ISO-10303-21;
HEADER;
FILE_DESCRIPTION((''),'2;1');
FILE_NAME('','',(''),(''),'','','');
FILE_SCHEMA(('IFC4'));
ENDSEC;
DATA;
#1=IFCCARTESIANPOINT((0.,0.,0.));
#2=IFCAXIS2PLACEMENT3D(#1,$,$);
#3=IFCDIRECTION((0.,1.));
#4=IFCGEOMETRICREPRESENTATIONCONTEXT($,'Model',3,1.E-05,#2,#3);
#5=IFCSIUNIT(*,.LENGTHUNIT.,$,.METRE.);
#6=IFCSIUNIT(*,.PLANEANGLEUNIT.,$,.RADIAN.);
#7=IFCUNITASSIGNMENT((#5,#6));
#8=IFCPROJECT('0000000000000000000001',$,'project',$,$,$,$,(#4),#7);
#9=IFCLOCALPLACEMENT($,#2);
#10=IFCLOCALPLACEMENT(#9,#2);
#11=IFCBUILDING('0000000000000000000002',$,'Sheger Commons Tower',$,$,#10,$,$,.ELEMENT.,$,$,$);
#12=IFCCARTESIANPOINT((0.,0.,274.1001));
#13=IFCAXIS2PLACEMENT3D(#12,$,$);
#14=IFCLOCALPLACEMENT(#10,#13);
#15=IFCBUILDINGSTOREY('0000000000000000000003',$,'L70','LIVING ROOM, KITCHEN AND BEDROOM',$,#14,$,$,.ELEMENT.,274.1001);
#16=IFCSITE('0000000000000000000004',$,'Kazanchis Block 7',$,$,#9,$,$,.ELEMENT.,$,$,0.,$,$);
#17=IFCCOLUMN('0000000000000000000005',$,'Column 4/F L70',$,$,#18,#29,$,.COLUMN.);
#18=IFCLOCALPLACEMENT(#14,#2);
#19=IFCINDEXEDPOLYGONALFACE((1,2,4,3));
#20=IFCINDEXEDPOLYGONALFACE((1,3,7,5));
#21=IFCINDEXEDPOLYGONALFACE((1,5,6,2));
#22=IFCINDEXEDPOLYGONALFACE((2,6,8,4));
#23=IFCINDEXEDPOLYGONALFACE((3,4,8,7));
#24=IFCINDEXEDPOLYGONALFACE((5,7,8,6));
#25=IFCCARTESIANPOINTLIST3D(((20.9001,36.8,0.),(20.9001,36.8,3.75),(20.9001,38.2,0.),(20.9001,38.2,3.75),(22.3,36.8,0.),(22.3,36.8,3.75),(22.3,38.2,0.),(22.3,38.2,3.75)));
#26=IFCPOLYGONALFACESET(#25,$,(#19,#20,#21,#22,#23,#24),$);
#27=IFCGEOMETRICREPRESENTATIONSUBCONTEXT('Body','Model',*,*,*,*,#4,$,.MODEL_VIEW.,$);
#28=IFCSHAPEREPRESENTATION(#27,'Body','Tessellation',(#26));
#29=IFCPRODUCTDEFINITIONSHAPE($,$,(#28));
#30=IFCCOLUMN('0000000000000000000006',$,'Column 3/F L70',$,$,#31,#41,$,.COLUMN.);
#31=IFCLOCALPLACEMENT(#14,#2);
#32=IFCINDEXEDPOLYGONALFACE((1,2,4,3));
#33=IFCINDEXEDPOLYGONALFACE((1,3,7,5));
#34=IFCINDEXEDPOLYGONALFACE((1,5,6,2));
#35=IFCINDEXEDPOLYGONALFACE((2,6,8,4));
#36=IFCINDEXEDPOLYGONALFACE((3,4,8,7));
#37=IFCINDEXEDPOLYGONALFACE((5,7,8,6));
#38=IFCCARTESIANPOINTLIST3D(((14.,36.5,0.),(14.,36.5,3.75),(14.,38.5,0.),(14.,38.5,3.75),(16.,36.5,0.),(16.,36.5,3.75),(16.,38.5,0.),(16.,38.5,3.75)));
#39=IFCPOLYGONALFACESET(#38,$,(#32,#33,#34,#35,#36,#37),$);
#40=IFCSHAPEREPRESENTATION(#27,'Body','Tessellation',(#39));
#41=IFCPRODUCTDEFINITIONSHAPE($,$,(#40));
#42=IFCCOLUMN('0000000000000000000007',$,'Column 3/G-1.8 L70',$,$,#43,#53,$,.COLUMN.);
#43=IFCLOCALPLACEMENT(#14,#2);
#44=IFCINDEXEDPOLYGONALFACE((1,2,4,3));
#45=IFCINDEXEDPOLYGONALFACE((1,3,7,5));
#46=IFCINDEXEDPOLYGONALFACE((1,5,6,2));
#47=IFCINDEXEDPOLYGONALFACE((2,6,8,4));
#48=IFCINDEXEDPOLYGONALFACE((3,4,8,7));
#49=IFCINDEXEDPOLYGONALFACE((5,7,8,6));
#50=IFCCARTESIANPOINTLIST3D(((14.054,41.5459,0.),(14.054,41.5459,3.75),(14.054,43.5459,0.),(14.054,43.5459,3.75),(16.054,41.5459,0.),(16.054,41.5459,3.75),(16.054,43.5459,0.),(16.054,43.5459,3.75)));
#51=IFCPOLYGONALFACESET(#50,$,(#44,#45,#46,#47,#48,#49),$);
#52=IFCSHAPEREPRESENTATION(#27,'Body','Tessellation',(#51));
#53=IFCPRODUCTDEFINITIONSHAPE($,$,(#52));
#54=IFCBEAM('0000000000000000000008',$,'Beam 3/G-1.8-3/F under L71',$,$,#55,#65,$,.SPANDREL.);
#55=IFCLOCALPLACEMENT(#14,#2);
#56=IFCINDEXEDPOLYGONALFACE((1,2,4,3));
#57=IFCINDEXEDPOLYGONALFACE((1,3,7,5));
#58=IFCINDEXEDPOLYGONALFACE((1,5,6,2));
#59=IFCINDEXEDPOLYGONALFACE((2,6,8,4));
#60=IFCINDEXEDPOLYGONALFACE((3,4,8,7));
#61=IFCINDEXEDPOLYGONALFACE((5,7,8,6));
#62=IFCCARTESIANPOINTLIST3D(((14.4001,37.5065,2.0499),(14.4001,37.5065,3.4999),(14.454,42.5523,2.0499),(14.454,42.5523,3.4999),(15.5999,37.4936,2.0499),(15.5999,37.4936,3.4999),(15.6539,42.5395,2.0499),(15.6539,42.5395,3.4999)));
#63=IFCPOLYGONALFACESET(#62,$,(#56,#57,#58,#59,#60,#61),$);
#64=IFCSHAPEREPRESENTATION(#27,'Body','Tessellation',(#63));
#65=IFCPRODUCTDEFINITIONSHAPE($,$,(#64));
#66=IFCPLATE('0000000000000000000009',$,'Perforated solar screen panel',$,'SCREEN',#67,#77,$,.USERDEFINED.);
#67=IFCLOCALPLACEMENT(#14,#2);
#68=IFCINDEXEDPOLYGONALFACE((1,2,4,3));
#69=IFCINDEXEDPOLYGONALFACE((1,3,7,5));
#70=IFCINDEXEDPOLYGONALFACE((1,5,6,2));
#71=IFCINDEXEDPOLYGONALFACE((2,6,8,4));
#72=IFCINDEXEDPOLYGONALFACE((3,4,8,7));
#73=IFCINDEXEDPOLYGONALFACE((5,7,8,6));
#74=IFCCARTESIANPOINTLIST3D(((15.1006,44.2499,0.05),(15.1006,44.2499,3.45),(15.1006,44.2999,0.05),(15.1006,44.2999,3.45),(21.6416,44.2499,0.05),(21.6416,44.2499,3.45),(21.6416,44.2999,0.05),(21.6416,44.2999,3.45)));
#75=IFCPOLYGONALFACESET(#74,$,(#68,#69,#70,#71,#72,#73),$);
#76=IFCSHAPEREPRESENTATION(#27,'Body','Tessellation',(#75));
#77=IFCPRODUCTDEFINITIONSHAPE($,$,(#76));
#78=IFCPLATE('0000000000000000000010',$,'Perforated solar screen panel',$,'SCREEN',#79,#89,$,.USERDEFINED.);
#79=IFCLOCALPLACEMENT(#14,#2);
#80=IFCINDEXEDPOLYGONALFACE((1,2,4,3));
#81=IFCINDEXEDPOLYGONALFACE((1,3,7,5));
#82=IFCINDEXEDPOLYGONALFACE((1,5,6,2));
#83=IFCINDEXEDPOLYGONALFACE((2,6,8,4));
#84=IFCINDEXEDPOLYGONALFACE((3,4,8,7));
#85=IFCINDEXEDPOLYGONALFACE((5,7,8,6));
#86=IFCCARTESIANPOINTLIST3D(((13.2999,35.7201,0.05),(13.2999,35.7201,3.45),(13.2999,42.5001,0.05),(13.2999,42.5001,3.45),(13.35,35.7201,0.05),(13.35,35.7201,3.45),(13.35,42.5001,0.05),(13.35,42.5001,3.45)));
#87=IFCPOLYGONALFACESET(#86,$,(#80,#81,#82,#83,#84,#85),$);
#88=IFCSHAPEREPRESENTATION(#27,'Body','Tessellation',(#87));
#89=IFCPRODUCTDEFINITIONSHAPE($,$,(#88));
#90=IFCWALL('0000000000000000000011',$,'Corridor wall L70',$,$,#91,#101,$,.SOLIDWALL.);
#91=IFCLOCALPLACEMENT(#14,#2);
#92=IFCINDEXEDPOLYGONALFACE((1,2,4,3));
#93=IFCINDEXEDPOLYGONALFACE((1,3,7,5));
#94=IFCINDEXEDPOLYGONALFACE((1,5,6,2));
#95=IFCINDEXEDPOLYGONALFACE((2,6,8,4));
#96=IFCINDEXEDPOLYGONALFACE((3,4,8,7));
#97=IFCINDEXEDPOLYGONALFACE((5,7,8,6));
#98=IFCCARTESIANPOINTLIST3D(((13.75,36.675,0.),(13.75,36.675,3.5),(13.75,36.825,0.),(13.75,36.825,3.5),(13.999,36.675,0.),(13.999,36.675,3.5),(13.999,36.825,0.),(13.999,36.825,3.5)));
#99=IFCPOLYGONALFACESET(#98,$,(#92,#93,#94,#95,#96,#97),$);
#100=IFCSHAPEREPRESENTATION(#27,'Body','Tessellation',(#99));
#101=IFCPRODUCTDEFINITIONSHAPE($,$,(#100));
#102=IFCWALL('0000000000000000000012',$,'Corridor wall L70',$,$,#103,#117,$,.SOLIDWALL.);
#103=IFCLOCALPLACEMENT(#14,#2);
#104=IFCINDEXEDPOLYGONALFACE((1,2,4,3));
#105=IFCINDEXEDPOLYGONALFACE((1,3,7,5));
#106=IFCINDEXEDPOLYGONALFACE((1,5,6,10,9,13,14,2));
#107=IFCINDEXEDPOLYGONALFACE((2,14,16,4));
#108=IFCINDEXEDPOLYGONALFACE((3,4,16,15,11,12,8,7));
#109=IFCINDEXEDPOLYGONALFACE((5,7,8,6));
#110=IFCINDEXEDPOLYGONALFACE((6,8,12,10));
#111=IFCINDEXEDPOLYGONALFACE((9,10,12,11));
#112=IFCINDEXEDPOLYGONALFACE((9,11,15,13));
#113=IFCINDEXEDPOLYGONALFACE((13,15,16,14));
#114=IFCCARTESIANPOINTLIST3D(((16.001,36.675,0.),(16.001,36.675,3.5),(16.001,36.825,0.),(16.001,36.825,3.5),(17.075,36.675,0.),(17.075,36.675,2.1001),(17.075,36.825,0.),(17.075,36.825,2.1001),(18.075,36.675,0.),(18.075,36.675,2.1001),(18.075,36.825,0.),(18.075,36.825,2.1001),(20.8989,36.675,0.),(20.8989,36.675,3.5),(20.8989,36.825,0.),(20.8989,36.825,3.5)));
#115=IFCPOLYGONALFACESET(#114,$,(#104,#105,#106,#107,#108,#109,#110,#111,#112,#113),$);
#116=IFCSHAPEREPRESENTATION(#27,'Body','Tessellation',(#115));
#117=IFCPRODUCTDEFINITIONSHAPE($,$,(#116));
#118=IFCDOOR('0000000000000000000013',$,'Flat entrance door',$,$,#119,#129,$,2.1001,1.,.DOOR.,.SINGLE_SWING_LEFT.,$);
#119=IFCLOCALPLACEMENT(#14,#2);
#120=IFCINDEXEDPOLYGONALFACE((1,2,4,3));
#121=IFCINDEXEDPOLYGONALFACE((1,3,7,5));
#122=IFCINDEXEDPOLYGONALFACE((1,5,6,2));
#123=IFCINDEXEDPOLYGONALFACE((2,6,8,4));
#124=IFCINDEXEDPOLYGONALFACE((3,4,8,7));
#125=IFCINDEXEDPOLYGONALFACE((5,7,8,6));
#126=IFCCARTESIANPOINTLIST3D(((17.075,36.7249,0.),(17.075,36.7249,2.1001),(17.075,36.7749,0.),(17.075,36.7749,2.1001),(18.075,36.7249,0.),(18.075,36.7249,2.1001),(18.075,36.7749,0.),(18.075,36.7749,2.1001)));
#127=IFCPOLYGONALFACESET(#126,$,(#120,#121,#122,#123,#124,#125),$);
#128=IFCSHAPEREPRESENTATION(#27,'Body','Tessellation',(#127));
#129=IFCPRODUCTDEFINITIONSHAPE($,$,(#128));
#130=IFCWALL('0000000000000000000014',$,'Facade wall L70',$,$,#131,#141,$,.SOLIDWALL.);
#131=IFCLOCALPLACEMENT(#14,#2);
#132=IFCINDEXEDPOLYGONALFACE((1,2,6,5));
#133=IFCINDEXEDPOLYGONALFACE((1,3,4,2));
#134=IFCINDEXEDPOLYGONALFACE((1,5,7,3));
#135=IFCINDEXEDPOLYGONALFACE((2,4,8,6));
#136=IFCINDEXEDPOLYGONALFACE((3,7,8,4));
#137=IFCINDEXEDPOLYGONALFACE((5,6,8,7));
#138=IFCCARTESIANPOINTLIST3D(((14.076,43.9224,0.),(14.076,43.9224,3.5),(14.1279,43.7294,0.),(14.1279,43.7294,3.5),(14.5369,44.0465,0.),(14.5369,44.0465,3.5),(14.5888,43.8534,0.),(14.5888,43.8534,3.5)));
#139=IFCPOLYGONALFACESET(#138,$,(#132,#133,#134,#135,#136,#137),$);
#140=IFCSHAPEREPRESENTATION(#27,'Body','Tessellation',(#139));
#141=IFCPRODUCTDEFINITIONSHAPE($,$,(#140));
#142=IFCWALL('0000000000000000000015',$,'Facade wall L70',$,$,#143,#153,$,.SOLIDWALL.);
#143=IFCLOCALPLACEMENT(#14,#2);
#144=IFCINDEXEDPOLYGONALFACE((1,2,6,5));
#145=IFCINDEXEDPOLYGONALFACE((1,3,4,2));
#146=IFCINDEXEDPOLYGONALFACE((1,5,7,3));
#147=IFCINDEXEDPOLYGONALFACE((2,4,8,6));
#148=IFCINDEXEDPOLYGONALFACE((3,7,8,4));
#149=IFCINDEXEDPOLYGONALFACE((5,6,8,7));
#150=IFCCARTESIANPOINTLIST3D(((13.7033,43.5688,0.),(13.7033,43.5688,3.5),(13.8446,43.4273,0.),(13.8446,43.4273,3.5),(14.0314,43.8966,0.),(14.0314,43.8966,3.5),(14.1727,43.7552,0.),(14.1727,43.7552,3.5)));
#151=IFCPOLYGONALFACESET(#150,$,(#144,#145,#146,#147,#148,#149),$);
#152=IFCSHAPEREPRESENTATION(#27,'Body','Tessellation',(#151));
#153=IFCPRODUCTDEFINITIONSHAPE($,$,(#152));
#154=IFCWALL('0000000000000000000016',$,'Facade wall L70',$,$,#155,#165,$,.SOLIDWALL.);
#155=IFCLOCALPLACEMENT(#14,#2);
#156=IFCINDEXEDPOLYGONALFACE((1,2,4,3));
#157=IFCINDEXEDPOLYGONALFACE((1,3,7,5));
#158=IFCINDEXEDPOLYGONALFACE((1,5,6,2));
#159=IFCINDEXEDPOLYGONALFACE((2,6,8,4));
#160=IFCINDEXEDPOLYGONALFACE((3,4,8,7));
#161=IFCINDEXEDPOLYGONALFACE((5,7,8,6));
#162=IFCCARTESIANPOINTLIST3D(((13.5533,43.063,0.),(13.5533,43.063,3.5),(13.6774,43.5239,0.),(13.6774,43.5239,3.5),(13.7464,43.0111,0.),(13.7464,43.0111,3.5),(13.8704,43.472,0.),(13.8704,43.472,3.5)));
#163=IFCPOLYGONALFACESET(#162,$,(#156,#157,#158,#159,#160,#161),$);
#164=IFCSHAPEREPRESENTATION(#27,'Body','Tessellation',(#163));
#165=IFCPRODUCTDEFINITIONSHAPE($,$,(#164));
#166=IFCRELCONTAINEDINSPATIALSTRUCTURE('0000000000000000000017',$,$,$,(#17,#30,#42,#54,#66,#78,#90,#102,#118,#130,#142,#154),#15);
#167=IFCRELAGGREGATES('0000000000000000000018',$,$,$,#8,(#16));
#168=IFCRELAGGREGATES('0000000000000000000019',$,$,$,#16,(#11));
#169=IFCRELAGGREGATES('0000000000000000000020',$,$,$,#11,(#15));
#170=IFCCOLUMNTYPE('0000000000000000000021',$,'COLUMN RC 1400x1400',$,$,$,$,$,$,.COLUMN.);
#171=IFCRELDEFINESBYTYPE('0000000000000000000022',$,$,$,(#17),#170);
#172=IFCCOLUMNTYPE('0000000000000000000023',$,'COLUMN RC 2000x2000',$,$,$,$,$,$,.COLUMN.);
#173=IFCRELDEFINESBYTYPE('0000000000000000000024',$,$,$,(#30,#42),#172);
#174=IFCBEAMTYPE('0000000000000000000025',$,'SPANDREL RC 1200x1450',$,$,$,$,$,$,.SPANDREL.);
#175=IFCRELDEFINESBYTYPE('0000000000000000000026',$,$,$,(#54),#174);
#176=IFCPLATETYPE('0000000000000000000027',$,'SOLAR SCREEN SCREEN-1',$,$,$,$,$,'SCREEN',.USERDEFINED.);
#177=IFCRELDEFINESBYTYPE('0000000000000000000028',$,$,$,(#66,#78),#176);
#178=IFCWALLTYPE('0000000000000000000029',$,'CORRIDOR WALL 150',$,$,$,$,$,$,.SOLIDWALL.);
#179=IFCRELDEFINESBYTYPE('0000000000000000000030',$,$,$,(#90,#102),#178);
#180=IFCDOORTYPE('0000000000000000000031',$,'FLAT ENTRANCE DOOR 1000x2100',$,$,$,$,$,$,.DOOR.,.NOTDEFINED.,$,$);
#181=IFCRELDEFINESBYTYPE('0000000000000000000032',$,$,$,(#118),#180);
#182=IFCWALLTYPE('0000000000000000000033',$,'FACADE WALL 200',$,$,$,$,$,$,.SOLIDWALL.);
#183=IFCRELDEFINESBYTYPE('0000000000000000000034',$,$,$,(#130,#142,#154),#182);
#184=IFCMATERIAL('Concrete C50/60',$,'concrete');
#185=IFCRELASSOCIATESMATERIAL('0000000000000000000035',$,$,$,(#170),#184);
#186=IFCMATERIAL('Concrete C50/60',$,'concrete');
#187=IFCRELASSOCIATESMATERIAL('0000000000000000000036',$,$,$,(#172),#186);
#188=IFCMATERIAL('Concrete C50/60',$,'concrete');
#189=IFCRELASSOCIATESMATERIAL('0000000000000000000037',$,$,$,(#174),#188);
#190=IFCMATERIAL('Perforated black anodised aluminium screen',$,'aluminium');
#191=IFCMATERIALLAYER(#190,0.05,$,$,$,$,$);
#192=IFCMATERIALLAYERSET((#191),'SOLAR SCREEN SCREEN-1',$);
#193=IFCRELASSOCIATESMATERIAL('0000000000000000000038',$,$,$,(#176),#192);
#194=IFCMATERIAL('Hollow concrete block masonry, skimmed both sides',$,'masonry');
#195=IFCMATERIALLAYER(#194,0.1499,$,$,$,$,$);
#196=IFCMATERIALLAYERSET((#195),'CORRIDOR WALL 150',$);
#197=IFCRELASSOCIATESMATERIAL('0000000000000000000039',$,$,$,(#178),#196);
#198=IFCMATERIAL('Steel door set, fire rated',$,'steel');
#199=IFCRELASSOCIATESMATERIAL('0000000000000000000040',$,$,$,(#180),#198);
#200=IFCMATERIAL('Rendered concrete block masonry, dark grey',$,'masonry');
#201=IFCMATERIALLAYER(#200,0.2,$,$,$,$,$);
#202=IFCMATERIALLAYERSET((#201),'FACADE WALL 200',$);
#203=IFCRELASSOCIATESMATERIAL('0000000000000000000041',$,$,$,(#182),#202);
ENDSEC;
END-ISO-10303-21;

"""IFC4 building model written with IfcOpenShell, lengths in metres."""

from ifc_helpers import new_model, si_unit, direction, frame, frame_2d, origin, origin_2d, place, context, subcontext, project, spatial, rectangle, extrude, material, layer, layer_set, material_profile, profile_set, type_object, element, fill, save


model = new_model("IFC4")

# Units and contexts
model_context = context("Model", 3, precision=1e-05, world=origin(), true_north=direction((0.0, 1.0)))
body_context = subcontext(model_context, "Body", "Model", "MODEL_VIEW")
ifc_project = project(units=[si_unit("LENGTHUNIT", "METRE"), si_unit("PLANEANGLEUNIT", "RADIAN")], contexts=[model_context])

# Site, building, storey
site_placement = place(None, origin())
site = spatial("IfcSite", under=ifc_project, at=site_placement, Name="Kazanchis Block 7", CompositionType="ELEMENT", RefElevation=0.0)
building_placement = place(site_placement, origin())
building = spatial("IfcBuilding", under=site, at=building_placement, Name="Sheger Commons Tower", CompositionType="ELEMENT")
storey_placement = place(building_placement, frame((0.0, 0.0, 274.1001)))
storey = spatial("IfcBuildingStorey", under=building, at=storey_placement, Name="L70", Description="LIVING ROOM, KITCHEN AND BEDROOM", CompositionType="ELEMENT", Elevation=274.1001)

# Columns
ifc_material_1 = material(Name="Concrete C50/60", Category="concrete")
ifc_material_profile_1 = material_profile(ifc_material_1, rectangle(XDim=1.3999, YDim=1.3999, at=origin_2d()), Name="RC 1400x1400")
ifc_profile_set_1 = profile_set([ifc_material_profile_1], Name="Concrete C50/60")
column_type_1 = type_object("IfcColumnType", Name="COLUMN RC 1400x1400", PredefinedType="COLUMN", material=ifc_profile_set_1)
column_placement = place(storey_placement, frame((21.6001, 37.5, 0.0), z_axis=(0.0, 0.0, 1.0), x_axis=(1.0, 0.0, 0.0)))
element("IfcColumn", 1, at=column_placement, inside=storey, type_object=column_type_1, Name="Column 4/F L70", PredefinedType="COLUMN", context=body_context, shape_type="SweptSolid", body=[
    extrude(rectangle(XDim=1.3999, YDim=1.3999, at=origin_2d()), origin(), (0.0, 0.0, 1.0), 3.75),
])
ifc_material_2 = material(Name="Concrete C50/60", Category="concrete")
ifc_material_profile_2 = material_profile(ifc_material_2, rectangle(XDim=2.0, YDim=2.0, at=origin_2d()), Name="RC 2000x2000")
ifc_profile_set_2 = profile_set([ifc_material_profile_2], Name="Concrete C50/60")
column_type_2 = type_object("IfcColumnType", Name="COLUMN RC 2000x2000", PredefinedType="COLUMN", material=ifc_profile_set_2)
for number, where, z_axis, x_axis, name in (
    (2, (15.0, 37.5, 0.0), (0.0, 0.0, 1.0), (1.0, 0.0, 0.0), "Column 3/F L70"),
    (3, (15.054, 42.5459, 0.0), (0.0, 0.0, 1.0), (1.0, 0.0, 0.0), "Column 3/G-1.8 L70"),
):
    element("IfcColumn", number, at=place(storey_placement, frame(where, z_axis=z_axis, x_axis=x_axis)), inside=storey, type_object=column_type_2, Name=name, PredefinedType="COLUMN", context=body_context, shape_type="SweptSolid", body=[
        extrude(rectangle(XDim=2.0, YDim=2.0, at=origin_2d()), origin(), (0.0, 0.0, 1.0), 3.75),
    ])

# Beam
ifc_material_3 = material(Name="Concrete C50/60", Category="concrete")
ifc_material_profile_3 = material_profile(ifc_material_3, rectangle(XDim=1.2, YDim=1.45, at=origin_2d()), Name="RC 1200x1450")
ifc_profile_set_3 = profile_set([ifc_material_profile_3], Name="Concrete C50/60")
beam_type = type_object("IfcBeamType", Name="SPANDREL RC 1200x1450", PredefinedType="SPANDREL", material=ifc_profile_set_3)
beam_placement = place(storey_placement, frame((15.054, 42.5459, 2.7749), z_axis=(-0.010692, -0.999943, 0.0), x_axis=(0.999943, -0.010692, 0.0)))
element("IfcBeam", 4, at=beam_placement, inside=storey, type_object=beam_type, Name="Beam 3/G-1.8-3/F under L71", PredefinedType="SPANDREL", context=body_context, shape_type="SweptSolid", body=[
    extrude(rectangle(XDim=1.2, YDim=1.45, at=origin_2d()), origin(), (0.0, 0.0, 1.0), 5.0461),
])

# Plates
ifc_material_4 = material(Name="Perforated black anodised aluminium screen", Category="aluminium")
ifc_layer_1 = layer(ifc_material_4, 0.05)
ifc_layer_set_1 = layer_set([ifc_layer_1], Name="SOLAR SCREEN SCREEN-1")
plate_type = type_object("IfcPlateType", Name="SOLAR SCREEN SCREEN-1", ElementType="SCREEN", PredefinedType="USERDEFINED", material=ifc_layer_set_1)
plate_1_placement = place(storey_placement, frame((18.3711, 44.2749, 0.05), z_axis=(0.0, 0.0, 1.0), x_axis=(-1.0, 0.0, 0.0)))
element("IfcPlate", 5, at=plate_1_placement, inside=storey, type_object=plate_type, Name="Perforated solar screen panel", ObjectType="SCREEN", PredefinedType="USERDEFINED", context=body_context, shape_type="SweptSolid", body=[
    extrude(rectangle(XDim=6.541, YDim=0.05, at=origin_2d()), origin(), (0.0, 0.0, 1.0), 3.3999),
])
plate_2_placement = place(storey_placement, frame((13.325, 39.1101, 0.05), z_axis=(0.0, 0.0, 1.0), x_axis=(0.0, -1.0, 0.0)))
element("IfcPlate", 6, at=plate_2_placement, inside=storey, type_object=plate_type, Name="Perforated solar screen panel", ObjectType="SCREEN", PredefinedType="USERDEFINED", context=body_context, shape_type="SweptSolid", body=[
    extrude(rectangle(XDim=6.78, YDim=0.05, at=origin_2d()), origin(), (0.0, 0.0, 1.0), 3.3999),
])

# Wall
ifc_material_5 = material(Name="Hollow concrete block masonry, skimmed both sides", Category="masonry")
ifc_layer_2 = layer(ifc_material_5, 0.1499)
ifc_layer_set_2 = layer_set([ifc_layer_2], Name="CORRIDOR WALL 150")
wall_type_1 = type_object("IfcWallType", Name="CORRIDOR WALL 150", PredefinedType="SOLIDWALL", material=ifc_layer_set_2)
wall_1_placement = place(storey_placement, frame((13.75, 36.75, 0.0), z_axis=(0.0, 0.0, 1.0), x_axis=(1.0, 0.0, 0.0)))
element("IfcWall", 7, at=wall_1_placement, inside=storey, type_object=wall_type_1, Name="Corridor wall L70", PredefinedType="SOLIDWALL", context=body_context, shape_type="SweptSolid", body=[
    extrude(rectangle(XDim=0.249, YDim=0.1499, at=frame_2d((0.1245, 0.0))), origin(), (0.0, 0.0, 1.0), 3.5),
])

# Wall, opening, door
wall_2_placement = place(storey_placement, frame((16.001, 36.75, 0.0), z_axis=(0.0, 0.0, 1.0), x_axis=(1.0, 0.0, 0.0)))
wall_2 = element("IfcWall", 8, at=wall_2_placement, inside=storey, type_object=wall_type_1, Name="Corridor wall L70", PredefinedType="SOLIDWALL", context=body_context, shape_type="SweptSolid", body=[
    extrude(rectangle(XDim=4.8979, YDim=0.1499, at=frame_2d((2.449, 0.0))), origin(), (0.0, 0.0, 1.0), 3.5),
])
opening_1_placement = place(wall_2_placement, frame((1.074, 0.0, 0.0)))
opening_1 = element("IfcOpeningElement", 9, at=opening_1_placement, cuts=wall_2, PredefinedType="OPENING", context=body_context, shape_type="SweptSolid", body=[
    extrude(rectangle(XDim=1.0, YDim=2.1001, at=frame_2d((0.5, 1.05))), frame((0.0, 0.085, 0.0), z_axis=(0.0, -1.0, 0.0), x_axis=(1.0, 0.0, 0.0)), (0.0, 0.0, 1.0), 0.1699),
])
ifc_material_6 = material(Name="Steel door set, fire rated", Category="steel")
door_type_1 = type_object("IfcDoorType", Name="FLAT ENTRANCE DOOR 1000x2100", OperationType="NOTDEFINED", PredefinedType="DOOR", material=ifc_material_6)
door_1_placement = place(opening_1_placement, origin())
door_1 = element("IfcDoor", 10, at=door_1_placement, inside=storey, type_object=door_type_1, Name="Flat entrance door", OperationType="SINGLE_SWING_LEFT", OverallHeight=2.1001, OverallWidth=1.0, PredefinedType="DOOR", context=body_context, shape_type="SweptSolid", body=[
    extrude(rectangle(XDim=1.0, YDim=2.1001, at=frame_2d((0.5, 1.05))), frame((0.0, 0.0249, 0.0), z_axis=(0.0, -1.0, 0.0), x_axis=(1.0, 0.0, 0.0)), (0.0, 0.0, 1.0), 0.05),
])
fill(opening_1, door_1)

# Walls
ifc_material_7 = material(Name="Rendered concrete block masonry, dark grey", Category="masonry")
ifc_layer_3 = layer(ifc_material_7, 0.2)
ifc_layer_set_3 = layer_set([ifc_layer_3], Name="FACADE WALL 200")
wall_type_2 = type_object("IfcWallType", Name="FACADE WALL 200", PredefinedType="SOLIDWALL", material=ifc_layer_set_3)
wall_3_placement = place(storey_placement, frame((14.563, 43.95, 0.0), z_axis=(0.0, 0.0, 1.0), x_axis=(-0.965655, -0.259827, 0.0)))
element("IfcWall", 11, at=wall_3_placement, inside=storey, type_object=wall_type_2, Name="Facade wall L70", PredefinedType="SOLIDWALL", context=body_context, shape_type="SweptSolid", body=[
    extrude(rectangle(XDim=0.4773, YDim=0.2, at=frame_2d((0.2388, 0.0))), origin(), (0.0, 0.0, 1.0), 3.5),
])
wall_4_placement = place(storey_placement, frame((14.1021, 43.8259, 0.0), z_axis=(0.0, 0.0, 1.0), x_axis=(-0.70737, -0.706844, 0.0)))
element("IfcWall", 12, at=wall_4_placement, inside=storey, type_object=wall_type_2, Name="Facade wall L70", PredefinedType="SOLIDWALL", context=body_context, shape_type="SweptSolid", body=[
    extrude(rectangle(XDim=0.4639, YDim=0.2, at=frame_2d((0.2319, 0.0))), origin(), (0.0, 0.0, 1.0), 3.5),
])
wall_5_placement = place(storey_placement, frame((13.7739, 43.498, 0.0), z_axis=(0.0, 0.0, 1.0), x_axis=(-0.259827, -0.965655, 0.0)))
element("IfcWall", 13, at=wall_5_placement, inside=storey, type_object=wall_type_2, Name="Facade wall L70", PredefinedType="SOLIDWALL", context=body_context, shape_type="SweptSolid", body=[
    extrude(rectangle(XDim=0.4773, YDim=0.2, at=frame_2d((0.2388, 0.0))), origin(), (0.0, 0.0, 1.0), 3.5),
])

save(model, "model.ifc")
